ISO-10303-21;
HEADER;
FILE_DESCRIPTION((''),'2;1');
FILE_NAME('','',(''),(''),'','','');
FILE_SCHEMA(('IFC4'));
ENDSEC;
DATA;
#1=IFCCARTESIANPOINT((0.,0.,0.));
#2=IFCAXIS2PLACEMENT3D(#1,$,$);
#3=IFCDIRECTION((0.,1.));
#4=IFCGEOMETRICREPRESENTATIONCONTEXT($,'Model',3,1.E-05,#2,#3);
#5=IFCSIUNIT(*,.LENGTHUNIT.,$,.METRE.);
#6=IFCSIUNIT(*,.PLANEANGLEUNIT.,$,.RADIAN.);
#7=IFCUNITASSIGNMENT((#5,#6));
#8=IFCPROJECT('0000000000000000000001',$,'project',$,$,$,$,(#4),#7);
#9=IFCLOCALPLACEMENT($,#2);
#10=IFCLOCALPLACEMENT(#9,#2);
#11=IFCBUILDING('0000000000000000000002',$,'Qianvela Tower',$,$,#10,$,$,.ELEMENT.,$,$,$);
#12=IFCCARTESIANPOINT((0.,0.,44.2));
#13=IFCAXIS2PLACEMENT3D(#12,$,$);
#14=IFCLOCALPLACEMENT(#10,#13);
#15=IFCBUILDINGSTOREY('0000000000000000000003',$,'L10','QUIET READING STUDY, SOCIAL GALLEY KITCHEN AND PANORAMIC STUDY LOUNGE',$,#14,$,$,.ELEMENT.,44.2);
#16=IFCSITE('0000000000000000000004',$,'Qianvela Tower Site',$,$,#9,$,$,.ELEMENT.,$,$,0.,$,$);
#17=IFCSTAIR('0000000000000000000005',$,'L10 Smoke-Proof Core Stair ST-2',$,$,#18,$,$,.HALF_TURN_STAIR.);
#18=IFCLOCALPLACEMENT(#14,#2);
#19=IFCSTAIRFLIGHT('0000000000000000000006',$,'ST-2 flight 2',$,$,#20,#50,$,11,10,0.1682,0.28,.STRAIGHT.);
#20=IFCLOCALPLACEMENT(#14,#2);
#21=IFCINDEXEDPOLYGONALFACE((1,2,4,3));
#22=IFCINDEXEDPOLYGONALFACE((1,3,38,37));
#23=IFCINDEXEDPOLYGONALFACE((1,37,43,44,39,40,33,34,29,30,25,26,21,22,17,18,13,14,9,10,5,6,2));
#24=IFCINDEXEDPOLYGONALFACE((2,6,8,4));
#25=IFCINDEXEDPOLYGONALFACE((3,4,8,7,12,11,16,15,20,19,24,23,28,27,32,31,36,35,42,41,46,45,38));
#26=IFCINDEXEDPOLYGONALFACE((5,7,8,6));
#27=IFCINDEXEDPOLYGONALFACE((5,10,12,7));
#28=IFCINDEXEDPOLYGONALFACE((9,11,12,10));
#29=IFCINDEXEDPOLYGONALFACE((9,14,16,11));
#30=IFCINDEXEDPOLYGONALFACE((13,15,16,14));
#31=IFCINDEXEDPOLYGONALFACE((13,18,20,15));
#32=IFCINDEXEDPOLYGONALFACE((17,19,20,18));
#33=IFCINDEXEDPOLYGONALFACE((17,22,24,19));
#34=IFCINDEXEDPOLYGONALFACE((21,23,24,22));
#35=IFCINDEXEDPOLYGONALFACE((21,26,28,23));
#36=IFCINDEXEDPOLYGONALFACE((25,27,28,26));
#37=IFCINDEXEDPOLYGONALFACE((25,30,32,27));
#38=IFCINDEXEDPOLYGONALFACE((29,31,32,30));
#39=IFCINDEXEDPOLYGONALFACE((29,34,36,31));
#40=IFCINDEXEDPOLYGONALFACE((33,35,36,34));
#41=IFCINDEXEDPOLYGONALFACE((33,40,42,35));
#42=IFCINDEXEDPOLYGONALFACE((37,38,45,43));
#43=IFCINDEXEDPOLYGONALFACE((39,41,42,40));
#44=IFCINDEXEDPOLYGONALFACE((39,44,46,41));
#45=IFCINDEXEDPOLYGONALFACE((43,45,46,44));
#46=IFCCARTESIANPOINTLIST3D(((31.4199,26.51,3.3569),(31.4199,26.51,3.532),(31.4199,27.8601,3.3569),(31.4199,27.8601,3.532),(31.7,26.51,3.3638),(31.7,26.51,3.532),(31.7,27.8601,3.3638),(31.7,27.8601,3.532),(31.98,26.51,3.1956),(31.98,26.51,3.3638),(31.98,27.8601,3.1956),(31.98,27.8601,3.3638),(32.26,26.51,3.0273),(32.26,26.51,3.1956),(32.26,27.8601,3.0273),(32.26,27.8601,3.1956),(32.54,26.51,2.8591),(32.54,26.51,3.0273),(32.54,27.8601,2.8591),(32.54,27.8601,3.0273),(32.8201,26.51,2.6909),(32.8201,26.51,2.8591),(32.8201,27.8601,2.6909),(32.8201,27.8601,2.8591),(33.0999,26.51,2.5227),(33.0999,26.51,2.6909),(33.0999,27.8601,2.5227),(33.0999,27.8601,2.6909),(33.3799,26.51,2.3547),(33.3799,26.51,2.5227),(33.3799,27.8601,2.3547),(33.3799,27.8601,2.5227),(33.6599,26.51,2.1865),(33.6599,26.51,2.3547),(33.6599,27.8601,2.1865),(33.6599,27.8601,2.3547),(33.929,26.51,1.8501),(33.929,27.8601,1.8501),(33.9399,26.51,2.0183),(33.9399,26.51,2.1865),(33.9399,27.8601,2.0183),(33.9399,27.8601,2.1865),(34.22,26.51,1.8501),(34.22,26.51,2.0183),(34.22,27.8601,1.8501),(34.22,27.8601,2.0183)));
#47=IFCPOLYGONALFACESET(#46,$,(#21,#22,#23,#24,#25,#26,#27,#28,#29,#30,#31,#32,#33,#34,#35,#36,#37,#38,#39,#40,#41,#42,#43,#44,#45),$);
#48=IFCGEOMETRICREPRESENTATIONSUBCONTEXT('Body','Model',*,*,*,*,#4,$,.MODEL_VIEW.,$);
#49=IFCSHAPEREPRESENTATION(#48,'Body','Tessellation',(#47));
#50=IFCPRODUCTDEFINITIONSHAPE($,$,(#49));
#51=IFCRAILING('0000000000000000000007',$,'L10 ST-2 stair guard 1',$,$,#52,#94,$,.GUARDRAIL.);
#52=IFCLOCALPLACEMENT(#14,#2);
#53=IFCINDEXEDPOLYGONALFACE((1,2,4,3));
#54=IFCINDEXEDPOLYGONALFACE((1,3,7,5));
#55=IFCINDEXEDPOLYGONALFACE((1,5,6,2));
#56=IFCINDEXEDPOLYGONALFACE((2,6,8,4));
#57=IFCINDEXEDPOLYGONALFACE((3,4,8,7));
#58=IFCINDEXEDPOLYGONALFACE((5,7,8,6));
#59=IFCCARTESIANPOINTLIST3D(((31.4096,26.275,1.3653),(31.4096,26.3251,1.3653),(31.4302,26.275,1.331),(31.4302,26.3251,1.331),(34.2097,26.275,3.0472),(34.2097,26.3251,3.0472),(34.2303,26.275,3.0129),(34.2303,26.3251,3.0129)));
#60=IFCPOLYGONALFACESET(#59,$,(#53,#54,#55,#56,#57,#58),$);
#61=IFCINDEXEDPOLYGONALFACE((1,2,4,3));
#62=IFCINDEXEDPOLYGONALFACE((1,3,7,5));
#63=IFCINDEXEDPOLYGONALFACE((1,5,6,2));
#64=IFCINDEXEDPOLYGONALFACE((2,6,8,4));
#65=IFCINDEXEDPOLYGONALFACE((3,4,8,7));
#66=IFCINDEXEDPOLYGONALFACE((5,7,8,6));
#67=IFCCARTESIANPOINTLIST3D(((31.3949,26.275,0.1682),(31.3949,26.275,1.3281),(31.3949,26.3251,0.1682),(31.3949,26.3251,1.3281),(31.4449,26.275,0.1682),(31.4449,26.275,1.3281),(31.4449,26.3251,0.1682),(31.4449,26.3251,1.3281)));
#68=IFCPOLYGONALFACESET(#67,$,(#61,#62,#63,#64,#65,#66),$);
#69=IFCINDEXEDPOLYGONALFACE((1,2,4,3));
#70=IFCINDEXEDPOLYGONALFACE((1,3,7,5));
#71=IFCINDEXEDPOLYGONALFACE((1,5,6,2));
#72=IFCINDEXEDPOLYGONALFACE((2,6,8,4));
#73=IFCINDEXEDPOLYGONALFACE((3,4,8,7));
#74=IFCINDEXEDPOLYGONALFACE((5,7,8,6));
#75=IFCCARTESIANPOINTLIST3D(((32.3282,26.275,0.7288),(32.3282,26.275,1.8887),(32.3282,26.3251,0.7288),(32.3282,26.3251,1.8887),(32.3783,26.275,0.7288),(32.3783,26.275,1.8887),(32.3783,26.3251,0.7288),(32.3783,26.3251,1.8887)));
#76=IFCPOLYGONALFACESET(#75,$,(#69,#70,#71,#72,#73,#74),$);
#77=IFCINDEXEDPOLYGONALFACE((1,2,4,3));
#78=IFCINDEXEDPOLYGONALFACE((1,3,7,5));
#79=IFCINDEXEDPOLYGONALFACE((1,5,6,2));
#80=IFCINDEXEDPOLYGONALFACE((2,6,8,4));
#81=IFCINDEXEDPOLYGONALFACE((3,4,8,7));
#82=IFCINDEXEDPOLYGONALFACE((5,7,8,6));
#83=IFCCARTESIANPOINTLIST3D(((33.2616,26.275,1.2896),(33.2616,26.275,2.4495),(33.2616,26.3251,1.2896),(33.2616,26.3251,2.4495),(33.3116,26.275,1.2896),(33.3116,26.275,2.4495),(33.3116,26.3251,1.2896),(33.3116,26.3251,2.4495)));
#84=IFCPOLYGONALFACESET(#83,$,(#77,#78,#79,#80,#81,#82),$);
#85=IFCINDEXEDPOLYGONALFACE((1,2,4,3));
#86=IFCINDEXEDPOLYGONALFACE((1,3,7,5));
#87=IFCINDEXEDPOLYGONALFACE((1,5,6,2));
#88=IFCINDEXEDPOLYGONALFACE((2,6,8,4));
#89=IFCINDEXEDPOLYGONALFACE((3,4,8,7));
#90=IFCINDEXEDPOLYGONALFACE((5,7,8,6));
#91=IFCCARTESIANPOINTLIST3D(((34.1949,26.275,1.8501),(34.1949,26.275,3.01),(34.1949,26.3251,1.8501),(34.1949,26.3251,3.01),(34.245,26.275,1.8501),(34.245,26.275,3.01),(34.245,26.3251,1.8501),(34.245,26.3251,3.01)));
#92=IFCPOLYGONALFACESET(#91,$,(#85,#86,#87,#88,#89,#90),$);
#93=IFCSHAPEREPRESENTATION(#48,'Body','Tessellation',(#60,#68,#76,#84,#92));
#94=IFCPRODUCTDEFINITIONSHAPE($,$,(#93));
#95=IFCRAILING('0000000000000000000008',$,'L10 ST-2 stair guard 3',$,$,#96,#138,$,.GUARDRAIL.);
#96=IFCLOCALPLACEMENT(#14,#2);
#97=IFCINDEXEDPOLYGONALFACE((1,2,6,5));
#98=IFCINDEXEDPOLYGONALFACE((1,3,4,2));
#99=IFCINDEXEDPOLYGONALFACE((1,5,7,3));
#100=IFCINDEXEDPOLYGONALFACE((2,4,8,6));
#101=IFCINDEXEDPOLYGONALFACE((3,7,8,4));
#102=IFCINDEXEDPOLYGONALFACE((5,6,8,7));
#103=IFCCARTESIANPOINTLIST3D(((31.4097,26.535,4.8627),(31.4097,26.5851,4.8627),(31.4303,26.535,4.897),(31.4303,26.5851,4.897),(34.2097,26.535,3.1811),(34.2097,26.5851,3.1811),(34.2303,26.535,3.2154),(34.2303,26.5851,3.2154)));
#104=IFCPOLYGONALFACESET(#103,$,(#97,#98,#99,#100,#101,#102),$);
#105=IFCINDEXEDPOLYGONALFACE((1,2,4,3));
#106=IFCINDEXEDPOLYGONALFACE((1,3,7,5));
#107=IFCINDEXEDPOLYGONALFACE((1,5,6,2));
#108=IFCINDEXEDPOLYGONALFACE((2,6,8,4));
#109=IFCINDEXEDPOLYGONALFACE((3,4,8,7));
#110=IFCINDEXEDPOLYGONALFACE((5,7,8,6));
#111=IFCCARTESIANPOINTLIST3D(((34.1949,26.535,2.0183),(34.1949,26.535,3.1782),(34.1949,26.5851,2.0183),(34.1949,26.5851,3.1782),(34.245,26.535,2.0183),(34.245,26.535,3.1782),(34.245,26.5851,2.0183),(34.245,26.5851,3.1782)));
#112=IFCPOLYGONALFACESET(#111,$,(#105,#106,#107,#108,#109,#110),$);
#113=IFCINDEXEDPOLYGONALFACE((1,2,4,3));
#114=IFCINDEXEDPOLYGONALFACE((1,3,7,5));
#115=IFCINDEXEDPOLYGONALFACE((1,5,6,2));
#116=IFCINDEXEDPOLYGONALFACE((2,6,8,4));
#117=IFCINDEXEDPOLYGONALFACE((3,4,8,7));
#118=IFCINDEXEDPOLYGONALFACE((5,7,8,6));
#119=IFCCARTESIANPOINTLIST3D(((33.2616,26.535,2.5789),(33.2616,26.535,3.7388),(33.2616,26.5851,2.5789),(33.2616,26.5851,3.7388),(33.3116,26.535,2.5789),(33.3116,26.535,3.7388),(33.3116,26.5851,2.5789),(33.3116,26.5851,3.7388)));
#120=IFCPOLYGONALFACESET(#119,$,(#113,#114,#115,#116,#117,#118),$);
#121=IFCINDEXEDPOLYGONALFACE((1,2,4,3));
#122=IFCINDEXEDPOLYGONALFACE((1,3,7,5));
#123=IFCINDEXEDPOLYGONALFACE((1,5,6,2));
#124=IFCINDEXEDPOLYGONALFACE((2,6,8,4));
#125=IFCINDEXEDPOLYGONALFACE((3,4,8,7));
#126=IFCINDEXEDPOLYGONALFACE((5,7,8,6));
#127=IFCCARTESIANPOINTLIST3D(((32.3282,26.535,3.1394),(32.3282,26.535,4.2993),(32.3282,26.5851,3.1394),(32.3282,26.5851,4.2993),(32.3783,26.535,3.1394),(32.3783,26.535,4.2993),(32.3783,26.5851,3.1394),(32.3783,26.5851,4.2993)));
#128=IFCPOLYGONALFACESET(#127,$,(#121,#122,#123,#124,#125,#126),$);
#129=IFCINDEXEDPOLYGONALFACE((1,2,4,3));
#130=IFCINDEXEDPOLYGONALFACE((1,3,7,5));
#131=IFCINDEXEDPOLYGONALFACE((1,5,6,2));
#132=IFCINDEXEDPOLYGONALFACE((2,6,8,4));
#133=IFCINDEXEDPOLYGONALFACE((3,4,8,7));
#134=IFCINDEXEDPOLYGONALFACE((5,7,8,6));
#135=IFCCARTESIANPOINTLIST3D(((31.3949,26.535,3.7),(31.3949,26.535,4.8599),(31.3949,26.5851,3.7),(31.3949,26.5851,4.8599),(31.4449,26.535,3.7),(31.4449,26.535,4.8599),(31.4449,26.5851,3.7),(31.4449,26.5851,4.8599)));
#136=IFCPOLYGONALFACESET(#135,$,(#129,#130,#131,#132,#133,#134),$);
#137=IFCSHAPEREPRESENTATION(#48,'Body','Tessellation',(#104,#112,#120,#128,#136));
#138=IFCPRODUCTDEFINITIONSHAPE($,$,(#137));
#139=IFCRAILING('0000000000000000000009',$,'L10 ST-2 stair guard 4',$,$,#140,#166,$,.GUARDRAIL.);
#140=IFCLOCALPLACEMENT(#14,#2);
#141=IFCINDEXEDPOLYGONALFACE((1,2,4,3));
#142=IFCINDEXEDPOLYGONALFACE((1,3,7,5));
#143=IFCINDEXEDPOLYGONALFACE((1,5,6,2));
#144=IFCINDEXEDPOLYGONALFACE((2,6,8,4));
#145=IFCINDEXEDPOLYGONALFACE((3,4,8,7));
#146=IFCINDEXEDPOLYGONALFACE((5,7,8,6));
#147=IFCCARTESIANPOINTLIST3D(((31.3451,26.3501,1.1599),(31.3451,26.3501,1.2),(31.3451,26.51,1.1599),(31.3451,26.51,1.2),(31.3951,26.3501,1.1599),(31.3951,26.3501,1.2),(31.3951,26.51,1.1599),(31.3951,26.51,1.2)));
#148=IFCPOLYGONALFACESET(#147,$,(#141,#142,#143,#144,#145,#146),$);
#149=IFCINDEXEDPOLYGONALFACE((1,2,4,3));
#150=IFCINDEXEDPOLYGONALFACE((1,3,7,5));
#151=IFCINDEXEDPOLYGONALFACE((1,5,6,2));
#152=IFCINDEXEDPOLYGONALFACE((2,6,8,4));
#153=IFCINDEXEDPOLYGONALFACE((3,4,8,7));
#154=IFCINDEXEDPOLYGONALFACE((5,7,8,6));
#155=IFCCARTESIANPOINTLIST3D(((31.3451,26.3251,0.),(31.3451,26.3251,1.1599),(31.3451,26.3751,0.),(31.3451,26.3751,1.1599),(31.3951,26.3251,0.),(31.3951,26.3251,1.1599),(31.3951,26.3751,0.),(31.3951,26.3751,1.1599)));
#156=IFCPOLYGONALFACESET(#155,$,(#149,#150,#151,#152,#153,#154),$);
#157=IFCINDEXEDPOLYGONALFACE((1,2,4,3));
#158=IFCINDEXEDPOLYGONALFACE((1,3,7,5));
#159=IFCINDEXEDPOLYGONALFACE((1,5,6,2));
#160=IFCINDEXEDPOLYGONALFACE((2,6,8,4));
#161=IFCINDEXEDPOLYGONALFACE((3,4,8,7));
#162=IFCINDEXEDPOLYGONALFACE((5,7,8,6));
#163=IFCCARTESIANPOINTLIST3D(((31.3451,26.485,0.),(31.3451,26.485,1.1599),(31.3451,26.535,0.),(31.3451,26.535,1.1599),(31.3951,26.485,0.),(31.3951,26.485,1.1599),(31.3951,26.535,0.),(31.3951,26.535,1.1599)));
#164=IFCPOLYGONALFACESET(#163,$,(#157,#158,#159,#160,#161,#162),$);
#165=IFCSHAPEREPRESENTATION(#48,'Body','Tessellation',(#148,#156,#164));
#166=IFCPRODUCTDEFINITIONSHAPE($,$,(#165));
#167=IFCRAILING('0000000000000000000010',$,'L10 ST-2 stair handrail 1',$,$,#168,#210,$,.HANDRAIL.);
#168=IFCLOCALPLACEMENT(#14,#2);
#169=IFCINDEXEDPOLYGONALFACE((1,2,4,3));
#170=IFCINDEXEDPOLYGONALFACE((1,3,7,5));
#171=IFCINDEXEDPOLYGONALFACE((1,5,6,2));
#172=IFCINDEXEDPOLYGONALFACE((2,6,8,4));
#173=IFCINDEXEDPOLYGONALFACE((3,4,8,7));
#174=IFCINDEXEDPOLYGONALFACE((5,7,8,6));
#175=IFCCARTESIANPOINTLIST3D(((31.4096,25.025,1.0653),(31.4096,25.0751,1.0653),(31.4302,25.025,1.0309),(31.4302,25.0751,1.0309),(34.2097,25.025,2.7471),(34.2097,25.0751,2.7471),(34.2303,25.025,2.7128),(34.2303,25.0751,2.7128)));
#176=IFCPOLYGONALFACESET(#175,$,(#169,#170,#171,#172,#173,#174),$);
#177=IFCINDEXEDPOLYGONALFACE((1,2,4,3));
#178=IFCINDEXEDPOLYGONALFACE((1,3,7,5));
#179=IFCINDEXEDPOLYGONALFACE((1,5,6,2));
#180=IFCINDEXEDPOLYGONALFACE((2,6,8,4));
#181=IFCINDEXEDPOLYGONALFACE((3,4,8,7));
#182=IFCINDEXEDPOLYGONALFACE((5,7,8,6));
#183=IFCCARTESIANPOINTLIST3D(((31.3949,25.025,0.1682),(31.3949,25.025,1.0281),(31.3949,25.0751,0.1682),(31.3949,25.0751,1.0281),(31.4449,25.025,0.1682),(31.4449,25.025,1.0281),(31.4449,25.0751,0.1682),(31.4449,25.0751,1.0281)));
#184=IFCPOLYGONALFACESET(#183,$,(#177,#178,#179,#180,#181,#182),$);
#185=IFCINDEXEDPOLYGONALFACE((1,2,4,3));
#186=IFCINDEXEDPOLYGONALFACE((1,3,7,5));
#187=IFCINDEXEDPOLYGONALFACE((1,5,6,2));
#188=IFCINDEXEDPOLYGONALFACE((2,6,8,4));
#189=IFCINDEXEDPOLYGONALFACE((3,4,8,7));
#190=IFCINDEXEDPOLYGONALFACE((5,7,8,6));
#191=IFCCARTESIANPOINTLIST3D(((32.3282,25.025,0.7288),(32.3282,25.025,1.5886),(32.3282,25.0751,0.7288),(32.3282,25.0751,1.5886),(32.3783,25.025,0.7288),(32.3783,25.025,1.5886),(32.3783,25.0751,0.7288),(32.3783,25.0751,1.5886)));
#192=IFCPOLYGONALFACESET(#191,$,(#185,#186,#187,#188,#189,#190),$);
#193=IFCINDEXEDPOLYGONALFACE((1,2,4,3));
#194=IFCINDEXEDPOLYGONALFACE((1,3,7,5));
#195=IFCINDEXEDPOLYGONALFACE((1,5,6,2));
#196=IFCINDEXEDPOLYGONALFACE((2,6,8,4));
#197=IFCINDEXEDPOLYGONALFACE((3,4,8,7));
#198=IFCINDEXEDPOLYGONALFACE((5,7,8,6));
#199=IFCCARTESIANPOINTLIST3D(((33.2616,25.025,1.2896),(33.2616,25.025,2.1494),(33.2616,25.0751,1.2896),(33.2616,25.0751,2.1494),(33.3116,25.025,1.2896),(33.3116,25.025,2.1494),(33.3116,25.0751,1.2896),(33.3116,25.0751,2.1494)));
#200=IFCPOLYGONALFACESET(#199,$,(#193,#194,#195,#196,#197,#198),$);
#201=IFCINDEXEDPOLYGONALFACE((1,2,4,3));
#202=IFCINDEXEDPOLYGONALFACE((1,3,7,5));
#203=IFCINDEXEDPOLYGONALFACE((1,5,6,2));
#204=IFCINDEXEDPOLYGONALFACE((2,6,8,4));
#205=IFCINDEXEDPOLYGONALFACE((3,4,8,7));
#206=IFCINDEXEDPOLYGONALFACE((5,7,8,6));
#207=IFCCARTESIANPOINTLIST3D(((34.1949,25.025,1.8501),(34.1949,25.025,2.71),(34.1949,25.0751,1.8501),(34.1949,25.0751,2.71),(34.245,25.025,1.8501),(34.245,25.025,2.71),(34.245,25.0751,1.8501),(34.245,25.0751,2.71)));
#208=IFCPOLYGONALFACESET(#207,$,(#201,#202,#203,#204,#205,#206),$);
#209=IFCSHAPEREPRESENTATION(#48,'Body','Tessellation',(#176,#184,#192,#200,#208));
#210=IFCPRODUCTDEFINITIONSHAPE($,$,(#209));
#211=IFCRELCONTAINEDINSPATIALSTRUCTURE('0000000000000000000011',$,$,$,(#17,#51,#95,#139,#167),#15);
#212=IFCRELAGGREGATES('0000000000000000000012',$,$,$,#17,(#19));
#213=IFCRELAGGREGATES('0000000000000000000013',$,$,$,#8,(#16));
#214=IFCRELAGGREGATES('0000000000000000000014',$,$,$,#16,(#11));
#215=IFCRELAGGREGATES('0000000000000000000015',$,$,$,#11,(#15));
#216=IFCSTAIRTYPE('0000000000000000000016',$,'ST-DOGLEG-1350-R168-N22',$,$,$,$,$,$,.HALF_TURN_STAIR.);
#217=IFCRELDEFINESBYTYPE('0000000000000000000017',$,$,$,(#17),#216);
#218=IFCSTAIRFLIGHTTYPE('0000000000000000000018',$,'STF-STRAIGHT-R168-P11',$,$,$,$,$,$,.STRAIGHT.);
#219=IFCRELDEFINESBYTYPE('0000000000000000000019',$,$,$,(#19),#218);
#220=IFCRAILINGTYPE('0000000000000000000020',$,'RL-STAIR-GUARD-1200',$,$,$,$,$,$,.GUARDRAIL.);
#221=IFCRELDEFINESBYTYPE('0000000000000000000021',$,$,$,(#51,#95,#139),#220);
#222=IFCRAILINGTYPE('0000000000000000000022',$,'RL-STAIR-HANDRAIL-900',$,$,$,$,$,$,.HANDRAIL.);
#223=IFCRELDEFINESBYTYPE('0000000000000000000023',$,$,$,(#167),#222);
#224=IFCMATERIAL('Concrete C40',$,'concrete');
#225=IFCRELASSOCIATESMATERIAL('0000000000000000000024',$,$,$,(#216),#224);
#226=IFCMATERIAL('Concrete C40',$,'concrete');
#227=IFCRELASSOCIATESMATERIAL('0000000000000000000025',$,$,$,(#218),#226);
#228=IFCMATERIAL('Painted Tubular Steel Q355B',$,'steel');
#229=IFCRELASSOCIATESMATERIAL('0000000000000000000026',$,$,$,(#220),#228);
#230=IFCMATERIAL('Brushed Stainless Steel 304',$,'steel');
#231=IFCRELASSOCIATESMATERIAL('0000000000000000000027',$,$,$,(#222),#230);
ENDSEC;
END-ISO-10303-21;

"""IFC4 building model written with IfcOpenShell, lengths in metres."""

from ifc_helpers import new_model, si_unit, direction, frame, origin, origin_2d, place, context, subcontext, project, spatial, polyline, rectangle, outline, extrude, material, type_object, element, aggregate, save


model = new_model("IFC4")

# Units and contexts
model_context = context("Model", 3, precision=1e-05, world=origin(), true_north=direction((0.0, 1.0)))
body_context = subcontext(model_context, "Body", "Model", "MODEL_VIEW")
ifc_project = project(units=[si_unit("LENGTHUNIT", "METRE"), si_unit("PLANEANGLEUNIT", "RADIAN")], contexts=[model_context])

# Site, building, storey
site_placement = place(None, origin())
site = spatial("IfcSite", under=ifc_project, at=site_placement, Name="Qianvela Tower Site", CompositionType="ELEMENT", RefElevation=0.0)
building_placement = place(site_placement, origin())
building = spatial("IfcBuilding", under=site, at=building_placement, Name="Qianvela Tower", CompositionType="ELEMENT")
storey_placement = place(building_placement, frame((0.0, 0.0, 44.2)))
storey = spatial("IfcBuildingStorey", under=building, at=storey_placement, Name="L10", Description="QUIET READING STUDY, SOCIAL GALLEY KITCHEN AND PANORAMIC STUDY LOUNGE", CompositionType="ELEMENT", Elevation=44.2)

# Stair, stair flight
ifc_material_1 = material(Name="Concrete C40", Category="concrete")
stair_type = type_object("IfcStairType", Name="ST-DOGLEG-1350-R168-N22", PredefinedType="HALF_TURN_STAIR", material=ifc_material_1)
stair_placement = place(storey_placement, origin())
stair = element("IfcStair", 1, at=stair_placement, inside=storey, type_object=stair_type, Name="L10 Smoke-Proof Core Stair ST-2", PredefinedType="HALF_TURN_STAIR")
ifc_material_2 = material(Name="Concrete C40", Category="concrete")
stair_flight_type = type_object("IfcStairFlightType", Name="STF-STRAIGHT-R168-P11", PredefinedType="STRAIGHT", material=ifc_material_2)
stair_flight_1_placement = place(storey_placement, frame((34.22, 27.1851, 1.8501), z_axis=(0.0, 0.0, 1.0), x_axis=(-1.0, 0.0, 0.0)))
stair_flight_1 = element("IfcStairFlight", 2, at=stair_flight_1_placement, type_object=stair_flight_type, Name="ST-2 flight 2", NumberOfRisers=11, NumberOfTreads=10, PredefinedType="STRAIGHT", RiserHeight=0.1682, TreadLength=0.28, context=body_context, shape_type="SweptSolid", body=[
    extrude(outline(polyline([(0.0, 0.0), (0.0, 0.1682), (0.28, 0.1682), (0.28, 0.3364), (0.5601, 0.3364), (0.5601, 0.5046), (0.8401, 0.5046), (0.8401, 0.6726), (1.1201, 0.6726), (1.1201, 0.8408), (1.3999, 0.8408), (1.3999, 1.009), (1.6799, 1.009), (1.6799, 1.1772), (1.96, 1.1772), (1.96, 1.3455), (2.24, 1.3455), (2.24, 1.5137), (2.52, 1.5137), (2.52, 1.6819), (2.8, 1.6819), (2.8, 1.8501), (2.8, 1.5068), (0.291, 0.0), (0.0, 0.0)])), frame((0.0, 0.675, 0.0), z_axis=(0.0, -1.0, 0.0), x_axis=(1.0, 0.0, 0.0)), (0.0, 0.0, 1.0), 1.3501),
])
aggregate(stair, [stair_flight_1])

# Railings
ifc_material_3 = material(Name="Painted Tubular Steel Q355B", Category="steel")
railing_type_1 = type_object("IfcRailingType", Name="RL-STAIR-GUARD-1200", PredefinedType="GUARDRAIL", material=ifc_material_3)
railing_1_placement = place(storey_placement, frame((31.4199, 26.3, 0.1682)))
element("IfcRailing", 3, at=railing_1_placement, inside=storey, type_object=railing_type_1, Name="L10 ST-2 stair guard 1", PredefinedType="GUARDRAIL", context=body_context, shape_type="SweptSolid", body=[
    extrude(rectangle(XDim=0.05, YDim=0.04, at=origin_2d()), frame((0.0, 0.0, 1.1799), z_axis=(0.857242, 0.0, 0.514913), x_axis=(0.0, 1.0, 0.0)), (0.0, 0.0, 1.0), 3.2664),
    extrude(rectangle(XDim=0.05, YDim=0.05, at=origin_2d()), origin(), (0.0, 0.0, 1.0), 1.1599),
    extrude(rectangle(XDim=0.05, YDim=0.05, at=origin_2d()), frame((0.9333, 0.0, 0.5605)), (0.0, 0.0, 1.0), 1.1599),
    extrude(rectangle(XDim=0.05, YDim=0.05, at=origin_2d()), frame((1.8667, 0.0, 1.1213)), (0.0, 0.0, 1.0), 1.1599),
    extrude(rectangle(XDim=0.05, YDim=0.05, at=origin_2d()), frame((2.8, 0.0, 1.6819)), (0.0, 0.0, 1.0), 1.1599),
])
railing_2_placement = place(storey_placement, frame((34.22, 26.5601, 2.0183)))
element("IfcRailing", 4, at=railing_2_placement, inside=storey, type_object=railing_type_1, Name="L10 ST-2 stair guard 3", PredefinedType="GUARDRAIL", context=body_context, shape_type="SweptSolid", body=[
    extrude(rectangle(XDim=0.05, YDim=0.04, at=origin_2d()), frame((0.0, 0.0, 1.1799), z_axis=(-0.857275, 0.0, 0.514858), x_axis=(0.0, -1.0, 0.0)), (0.0, 0.0, 1.0), 3.2661),
    extrude(rectangle(XDim=0.05, YDim=0.05, at=origin_2d()), origin(), (0.0, 0.0, 1.0), 1.1599),
    extrude(rectangle(XDim=0.05, YDim=0.05, at=origin_2d()), frame((-0.9333, 0.0, 0.5605)), (0.0, 0.0, 1.0), 1.1599),
    extrude(rectangle(XDim=0.05, YDim=0.05, at=origin_2d()), frame((-1.8667, 0.0, 1.1211)), (0.0, 0.0, 1.0), 1.1599),
    extrude(rectangle(XDim=0.05, YDim=0.05, at=origin_2d()), frame((-2.8, 0.0, 1.6816)), (0.0, 0.0, 1.0), 1.1599),
])
railing_3_placement = place(storey_placement, frame((31.3701, 26.3501, 0.0)))
element("IfcRailing", 5, at=railing_3_placement, inside=storey, type_object=railing_type_1, Name="L10 ST-2 stair guard 4", PredefinedType="GUARDRAIL", context=body_context, shape_type="SweptSolid", body=[
    extrude(rectangle(XDim=0.05, YDim=0.04, at=origin_2d()), frame((0.0, 0.0, 1.1799), z_axis=(0.0, 1.0, 0.0), x_axis=(-1.0, 0.0, 0.0)), (0.0, 0.0, 1.0), 0.1599),
    extrude(rectangle(XDim=0.05, YDim=0.05, at=origin_2d()), origin(), (0.0, 0.0, 1.0), 1.1599),
    extrude(rectangle(XDim=0.05, YDim=0.05, at=origin_2d()), frame((0.0, 0.1599, 0.0)), (0.0, 0.0, 1.0), 1.1599),
])
ifc_material_4 = material(Name="Brushed Stainless Steel 304", Category="steel")
railing_type_2 = type_object("IfcRailingType", Name="RL-STAIR-HANDRAIL-900", PredefinedType="HANDRAIL", material=ifc_material_4)
railing_4_placement = place(storey_placement, frame((31.4199, 25.05, 0.1682)))
element("IfcRailing", 6, at=railing_4_placement, inside=storey, type_object=railing_type_2, Name="L10 ST-2 stair handrail 1", PredefinedType="HANDRAIL", context=body_context, shape_type="SweptSolid", body=[
    extrude(rectangle(XDim=0.05, YDim=0.04, at=origin_2d()), frame((0.0, 0.0, 0.8799), z_axis=(0.857242, 0.0, 0.514913), x_axis=(0.0, 1.0, 0.0)), (0.0, 0.0, 1.0), 3.2664),
    extrude(rectangle(XDim=0.05, YDim=0.05, at=origin_2d()), origin(), (0.0, 0.0, 1.0), 0.8599),
    extrude(rectangle(XDim=0.05, YDim=0.05, at=origin_2d()), frame((0.9333, 0.0, 0.5605)), (0.0, 0.0, 1.0), 0.8599),
    extrude(rectangle(XDim=0.05, YDim=0.05, at=origin_2d()), frame((1.8667, 0.0, 1.1213)), (0.0, 0.0, 1.0), 0.8599),
    extrude(rectangle(XDim=0.05, YDim=0.05, at=origin_2d()), frame((2.8, 0.0, 1.6819)), (0.0, 0.0, 1.0), 0.8599),
])

save(model, "model.ifc")
